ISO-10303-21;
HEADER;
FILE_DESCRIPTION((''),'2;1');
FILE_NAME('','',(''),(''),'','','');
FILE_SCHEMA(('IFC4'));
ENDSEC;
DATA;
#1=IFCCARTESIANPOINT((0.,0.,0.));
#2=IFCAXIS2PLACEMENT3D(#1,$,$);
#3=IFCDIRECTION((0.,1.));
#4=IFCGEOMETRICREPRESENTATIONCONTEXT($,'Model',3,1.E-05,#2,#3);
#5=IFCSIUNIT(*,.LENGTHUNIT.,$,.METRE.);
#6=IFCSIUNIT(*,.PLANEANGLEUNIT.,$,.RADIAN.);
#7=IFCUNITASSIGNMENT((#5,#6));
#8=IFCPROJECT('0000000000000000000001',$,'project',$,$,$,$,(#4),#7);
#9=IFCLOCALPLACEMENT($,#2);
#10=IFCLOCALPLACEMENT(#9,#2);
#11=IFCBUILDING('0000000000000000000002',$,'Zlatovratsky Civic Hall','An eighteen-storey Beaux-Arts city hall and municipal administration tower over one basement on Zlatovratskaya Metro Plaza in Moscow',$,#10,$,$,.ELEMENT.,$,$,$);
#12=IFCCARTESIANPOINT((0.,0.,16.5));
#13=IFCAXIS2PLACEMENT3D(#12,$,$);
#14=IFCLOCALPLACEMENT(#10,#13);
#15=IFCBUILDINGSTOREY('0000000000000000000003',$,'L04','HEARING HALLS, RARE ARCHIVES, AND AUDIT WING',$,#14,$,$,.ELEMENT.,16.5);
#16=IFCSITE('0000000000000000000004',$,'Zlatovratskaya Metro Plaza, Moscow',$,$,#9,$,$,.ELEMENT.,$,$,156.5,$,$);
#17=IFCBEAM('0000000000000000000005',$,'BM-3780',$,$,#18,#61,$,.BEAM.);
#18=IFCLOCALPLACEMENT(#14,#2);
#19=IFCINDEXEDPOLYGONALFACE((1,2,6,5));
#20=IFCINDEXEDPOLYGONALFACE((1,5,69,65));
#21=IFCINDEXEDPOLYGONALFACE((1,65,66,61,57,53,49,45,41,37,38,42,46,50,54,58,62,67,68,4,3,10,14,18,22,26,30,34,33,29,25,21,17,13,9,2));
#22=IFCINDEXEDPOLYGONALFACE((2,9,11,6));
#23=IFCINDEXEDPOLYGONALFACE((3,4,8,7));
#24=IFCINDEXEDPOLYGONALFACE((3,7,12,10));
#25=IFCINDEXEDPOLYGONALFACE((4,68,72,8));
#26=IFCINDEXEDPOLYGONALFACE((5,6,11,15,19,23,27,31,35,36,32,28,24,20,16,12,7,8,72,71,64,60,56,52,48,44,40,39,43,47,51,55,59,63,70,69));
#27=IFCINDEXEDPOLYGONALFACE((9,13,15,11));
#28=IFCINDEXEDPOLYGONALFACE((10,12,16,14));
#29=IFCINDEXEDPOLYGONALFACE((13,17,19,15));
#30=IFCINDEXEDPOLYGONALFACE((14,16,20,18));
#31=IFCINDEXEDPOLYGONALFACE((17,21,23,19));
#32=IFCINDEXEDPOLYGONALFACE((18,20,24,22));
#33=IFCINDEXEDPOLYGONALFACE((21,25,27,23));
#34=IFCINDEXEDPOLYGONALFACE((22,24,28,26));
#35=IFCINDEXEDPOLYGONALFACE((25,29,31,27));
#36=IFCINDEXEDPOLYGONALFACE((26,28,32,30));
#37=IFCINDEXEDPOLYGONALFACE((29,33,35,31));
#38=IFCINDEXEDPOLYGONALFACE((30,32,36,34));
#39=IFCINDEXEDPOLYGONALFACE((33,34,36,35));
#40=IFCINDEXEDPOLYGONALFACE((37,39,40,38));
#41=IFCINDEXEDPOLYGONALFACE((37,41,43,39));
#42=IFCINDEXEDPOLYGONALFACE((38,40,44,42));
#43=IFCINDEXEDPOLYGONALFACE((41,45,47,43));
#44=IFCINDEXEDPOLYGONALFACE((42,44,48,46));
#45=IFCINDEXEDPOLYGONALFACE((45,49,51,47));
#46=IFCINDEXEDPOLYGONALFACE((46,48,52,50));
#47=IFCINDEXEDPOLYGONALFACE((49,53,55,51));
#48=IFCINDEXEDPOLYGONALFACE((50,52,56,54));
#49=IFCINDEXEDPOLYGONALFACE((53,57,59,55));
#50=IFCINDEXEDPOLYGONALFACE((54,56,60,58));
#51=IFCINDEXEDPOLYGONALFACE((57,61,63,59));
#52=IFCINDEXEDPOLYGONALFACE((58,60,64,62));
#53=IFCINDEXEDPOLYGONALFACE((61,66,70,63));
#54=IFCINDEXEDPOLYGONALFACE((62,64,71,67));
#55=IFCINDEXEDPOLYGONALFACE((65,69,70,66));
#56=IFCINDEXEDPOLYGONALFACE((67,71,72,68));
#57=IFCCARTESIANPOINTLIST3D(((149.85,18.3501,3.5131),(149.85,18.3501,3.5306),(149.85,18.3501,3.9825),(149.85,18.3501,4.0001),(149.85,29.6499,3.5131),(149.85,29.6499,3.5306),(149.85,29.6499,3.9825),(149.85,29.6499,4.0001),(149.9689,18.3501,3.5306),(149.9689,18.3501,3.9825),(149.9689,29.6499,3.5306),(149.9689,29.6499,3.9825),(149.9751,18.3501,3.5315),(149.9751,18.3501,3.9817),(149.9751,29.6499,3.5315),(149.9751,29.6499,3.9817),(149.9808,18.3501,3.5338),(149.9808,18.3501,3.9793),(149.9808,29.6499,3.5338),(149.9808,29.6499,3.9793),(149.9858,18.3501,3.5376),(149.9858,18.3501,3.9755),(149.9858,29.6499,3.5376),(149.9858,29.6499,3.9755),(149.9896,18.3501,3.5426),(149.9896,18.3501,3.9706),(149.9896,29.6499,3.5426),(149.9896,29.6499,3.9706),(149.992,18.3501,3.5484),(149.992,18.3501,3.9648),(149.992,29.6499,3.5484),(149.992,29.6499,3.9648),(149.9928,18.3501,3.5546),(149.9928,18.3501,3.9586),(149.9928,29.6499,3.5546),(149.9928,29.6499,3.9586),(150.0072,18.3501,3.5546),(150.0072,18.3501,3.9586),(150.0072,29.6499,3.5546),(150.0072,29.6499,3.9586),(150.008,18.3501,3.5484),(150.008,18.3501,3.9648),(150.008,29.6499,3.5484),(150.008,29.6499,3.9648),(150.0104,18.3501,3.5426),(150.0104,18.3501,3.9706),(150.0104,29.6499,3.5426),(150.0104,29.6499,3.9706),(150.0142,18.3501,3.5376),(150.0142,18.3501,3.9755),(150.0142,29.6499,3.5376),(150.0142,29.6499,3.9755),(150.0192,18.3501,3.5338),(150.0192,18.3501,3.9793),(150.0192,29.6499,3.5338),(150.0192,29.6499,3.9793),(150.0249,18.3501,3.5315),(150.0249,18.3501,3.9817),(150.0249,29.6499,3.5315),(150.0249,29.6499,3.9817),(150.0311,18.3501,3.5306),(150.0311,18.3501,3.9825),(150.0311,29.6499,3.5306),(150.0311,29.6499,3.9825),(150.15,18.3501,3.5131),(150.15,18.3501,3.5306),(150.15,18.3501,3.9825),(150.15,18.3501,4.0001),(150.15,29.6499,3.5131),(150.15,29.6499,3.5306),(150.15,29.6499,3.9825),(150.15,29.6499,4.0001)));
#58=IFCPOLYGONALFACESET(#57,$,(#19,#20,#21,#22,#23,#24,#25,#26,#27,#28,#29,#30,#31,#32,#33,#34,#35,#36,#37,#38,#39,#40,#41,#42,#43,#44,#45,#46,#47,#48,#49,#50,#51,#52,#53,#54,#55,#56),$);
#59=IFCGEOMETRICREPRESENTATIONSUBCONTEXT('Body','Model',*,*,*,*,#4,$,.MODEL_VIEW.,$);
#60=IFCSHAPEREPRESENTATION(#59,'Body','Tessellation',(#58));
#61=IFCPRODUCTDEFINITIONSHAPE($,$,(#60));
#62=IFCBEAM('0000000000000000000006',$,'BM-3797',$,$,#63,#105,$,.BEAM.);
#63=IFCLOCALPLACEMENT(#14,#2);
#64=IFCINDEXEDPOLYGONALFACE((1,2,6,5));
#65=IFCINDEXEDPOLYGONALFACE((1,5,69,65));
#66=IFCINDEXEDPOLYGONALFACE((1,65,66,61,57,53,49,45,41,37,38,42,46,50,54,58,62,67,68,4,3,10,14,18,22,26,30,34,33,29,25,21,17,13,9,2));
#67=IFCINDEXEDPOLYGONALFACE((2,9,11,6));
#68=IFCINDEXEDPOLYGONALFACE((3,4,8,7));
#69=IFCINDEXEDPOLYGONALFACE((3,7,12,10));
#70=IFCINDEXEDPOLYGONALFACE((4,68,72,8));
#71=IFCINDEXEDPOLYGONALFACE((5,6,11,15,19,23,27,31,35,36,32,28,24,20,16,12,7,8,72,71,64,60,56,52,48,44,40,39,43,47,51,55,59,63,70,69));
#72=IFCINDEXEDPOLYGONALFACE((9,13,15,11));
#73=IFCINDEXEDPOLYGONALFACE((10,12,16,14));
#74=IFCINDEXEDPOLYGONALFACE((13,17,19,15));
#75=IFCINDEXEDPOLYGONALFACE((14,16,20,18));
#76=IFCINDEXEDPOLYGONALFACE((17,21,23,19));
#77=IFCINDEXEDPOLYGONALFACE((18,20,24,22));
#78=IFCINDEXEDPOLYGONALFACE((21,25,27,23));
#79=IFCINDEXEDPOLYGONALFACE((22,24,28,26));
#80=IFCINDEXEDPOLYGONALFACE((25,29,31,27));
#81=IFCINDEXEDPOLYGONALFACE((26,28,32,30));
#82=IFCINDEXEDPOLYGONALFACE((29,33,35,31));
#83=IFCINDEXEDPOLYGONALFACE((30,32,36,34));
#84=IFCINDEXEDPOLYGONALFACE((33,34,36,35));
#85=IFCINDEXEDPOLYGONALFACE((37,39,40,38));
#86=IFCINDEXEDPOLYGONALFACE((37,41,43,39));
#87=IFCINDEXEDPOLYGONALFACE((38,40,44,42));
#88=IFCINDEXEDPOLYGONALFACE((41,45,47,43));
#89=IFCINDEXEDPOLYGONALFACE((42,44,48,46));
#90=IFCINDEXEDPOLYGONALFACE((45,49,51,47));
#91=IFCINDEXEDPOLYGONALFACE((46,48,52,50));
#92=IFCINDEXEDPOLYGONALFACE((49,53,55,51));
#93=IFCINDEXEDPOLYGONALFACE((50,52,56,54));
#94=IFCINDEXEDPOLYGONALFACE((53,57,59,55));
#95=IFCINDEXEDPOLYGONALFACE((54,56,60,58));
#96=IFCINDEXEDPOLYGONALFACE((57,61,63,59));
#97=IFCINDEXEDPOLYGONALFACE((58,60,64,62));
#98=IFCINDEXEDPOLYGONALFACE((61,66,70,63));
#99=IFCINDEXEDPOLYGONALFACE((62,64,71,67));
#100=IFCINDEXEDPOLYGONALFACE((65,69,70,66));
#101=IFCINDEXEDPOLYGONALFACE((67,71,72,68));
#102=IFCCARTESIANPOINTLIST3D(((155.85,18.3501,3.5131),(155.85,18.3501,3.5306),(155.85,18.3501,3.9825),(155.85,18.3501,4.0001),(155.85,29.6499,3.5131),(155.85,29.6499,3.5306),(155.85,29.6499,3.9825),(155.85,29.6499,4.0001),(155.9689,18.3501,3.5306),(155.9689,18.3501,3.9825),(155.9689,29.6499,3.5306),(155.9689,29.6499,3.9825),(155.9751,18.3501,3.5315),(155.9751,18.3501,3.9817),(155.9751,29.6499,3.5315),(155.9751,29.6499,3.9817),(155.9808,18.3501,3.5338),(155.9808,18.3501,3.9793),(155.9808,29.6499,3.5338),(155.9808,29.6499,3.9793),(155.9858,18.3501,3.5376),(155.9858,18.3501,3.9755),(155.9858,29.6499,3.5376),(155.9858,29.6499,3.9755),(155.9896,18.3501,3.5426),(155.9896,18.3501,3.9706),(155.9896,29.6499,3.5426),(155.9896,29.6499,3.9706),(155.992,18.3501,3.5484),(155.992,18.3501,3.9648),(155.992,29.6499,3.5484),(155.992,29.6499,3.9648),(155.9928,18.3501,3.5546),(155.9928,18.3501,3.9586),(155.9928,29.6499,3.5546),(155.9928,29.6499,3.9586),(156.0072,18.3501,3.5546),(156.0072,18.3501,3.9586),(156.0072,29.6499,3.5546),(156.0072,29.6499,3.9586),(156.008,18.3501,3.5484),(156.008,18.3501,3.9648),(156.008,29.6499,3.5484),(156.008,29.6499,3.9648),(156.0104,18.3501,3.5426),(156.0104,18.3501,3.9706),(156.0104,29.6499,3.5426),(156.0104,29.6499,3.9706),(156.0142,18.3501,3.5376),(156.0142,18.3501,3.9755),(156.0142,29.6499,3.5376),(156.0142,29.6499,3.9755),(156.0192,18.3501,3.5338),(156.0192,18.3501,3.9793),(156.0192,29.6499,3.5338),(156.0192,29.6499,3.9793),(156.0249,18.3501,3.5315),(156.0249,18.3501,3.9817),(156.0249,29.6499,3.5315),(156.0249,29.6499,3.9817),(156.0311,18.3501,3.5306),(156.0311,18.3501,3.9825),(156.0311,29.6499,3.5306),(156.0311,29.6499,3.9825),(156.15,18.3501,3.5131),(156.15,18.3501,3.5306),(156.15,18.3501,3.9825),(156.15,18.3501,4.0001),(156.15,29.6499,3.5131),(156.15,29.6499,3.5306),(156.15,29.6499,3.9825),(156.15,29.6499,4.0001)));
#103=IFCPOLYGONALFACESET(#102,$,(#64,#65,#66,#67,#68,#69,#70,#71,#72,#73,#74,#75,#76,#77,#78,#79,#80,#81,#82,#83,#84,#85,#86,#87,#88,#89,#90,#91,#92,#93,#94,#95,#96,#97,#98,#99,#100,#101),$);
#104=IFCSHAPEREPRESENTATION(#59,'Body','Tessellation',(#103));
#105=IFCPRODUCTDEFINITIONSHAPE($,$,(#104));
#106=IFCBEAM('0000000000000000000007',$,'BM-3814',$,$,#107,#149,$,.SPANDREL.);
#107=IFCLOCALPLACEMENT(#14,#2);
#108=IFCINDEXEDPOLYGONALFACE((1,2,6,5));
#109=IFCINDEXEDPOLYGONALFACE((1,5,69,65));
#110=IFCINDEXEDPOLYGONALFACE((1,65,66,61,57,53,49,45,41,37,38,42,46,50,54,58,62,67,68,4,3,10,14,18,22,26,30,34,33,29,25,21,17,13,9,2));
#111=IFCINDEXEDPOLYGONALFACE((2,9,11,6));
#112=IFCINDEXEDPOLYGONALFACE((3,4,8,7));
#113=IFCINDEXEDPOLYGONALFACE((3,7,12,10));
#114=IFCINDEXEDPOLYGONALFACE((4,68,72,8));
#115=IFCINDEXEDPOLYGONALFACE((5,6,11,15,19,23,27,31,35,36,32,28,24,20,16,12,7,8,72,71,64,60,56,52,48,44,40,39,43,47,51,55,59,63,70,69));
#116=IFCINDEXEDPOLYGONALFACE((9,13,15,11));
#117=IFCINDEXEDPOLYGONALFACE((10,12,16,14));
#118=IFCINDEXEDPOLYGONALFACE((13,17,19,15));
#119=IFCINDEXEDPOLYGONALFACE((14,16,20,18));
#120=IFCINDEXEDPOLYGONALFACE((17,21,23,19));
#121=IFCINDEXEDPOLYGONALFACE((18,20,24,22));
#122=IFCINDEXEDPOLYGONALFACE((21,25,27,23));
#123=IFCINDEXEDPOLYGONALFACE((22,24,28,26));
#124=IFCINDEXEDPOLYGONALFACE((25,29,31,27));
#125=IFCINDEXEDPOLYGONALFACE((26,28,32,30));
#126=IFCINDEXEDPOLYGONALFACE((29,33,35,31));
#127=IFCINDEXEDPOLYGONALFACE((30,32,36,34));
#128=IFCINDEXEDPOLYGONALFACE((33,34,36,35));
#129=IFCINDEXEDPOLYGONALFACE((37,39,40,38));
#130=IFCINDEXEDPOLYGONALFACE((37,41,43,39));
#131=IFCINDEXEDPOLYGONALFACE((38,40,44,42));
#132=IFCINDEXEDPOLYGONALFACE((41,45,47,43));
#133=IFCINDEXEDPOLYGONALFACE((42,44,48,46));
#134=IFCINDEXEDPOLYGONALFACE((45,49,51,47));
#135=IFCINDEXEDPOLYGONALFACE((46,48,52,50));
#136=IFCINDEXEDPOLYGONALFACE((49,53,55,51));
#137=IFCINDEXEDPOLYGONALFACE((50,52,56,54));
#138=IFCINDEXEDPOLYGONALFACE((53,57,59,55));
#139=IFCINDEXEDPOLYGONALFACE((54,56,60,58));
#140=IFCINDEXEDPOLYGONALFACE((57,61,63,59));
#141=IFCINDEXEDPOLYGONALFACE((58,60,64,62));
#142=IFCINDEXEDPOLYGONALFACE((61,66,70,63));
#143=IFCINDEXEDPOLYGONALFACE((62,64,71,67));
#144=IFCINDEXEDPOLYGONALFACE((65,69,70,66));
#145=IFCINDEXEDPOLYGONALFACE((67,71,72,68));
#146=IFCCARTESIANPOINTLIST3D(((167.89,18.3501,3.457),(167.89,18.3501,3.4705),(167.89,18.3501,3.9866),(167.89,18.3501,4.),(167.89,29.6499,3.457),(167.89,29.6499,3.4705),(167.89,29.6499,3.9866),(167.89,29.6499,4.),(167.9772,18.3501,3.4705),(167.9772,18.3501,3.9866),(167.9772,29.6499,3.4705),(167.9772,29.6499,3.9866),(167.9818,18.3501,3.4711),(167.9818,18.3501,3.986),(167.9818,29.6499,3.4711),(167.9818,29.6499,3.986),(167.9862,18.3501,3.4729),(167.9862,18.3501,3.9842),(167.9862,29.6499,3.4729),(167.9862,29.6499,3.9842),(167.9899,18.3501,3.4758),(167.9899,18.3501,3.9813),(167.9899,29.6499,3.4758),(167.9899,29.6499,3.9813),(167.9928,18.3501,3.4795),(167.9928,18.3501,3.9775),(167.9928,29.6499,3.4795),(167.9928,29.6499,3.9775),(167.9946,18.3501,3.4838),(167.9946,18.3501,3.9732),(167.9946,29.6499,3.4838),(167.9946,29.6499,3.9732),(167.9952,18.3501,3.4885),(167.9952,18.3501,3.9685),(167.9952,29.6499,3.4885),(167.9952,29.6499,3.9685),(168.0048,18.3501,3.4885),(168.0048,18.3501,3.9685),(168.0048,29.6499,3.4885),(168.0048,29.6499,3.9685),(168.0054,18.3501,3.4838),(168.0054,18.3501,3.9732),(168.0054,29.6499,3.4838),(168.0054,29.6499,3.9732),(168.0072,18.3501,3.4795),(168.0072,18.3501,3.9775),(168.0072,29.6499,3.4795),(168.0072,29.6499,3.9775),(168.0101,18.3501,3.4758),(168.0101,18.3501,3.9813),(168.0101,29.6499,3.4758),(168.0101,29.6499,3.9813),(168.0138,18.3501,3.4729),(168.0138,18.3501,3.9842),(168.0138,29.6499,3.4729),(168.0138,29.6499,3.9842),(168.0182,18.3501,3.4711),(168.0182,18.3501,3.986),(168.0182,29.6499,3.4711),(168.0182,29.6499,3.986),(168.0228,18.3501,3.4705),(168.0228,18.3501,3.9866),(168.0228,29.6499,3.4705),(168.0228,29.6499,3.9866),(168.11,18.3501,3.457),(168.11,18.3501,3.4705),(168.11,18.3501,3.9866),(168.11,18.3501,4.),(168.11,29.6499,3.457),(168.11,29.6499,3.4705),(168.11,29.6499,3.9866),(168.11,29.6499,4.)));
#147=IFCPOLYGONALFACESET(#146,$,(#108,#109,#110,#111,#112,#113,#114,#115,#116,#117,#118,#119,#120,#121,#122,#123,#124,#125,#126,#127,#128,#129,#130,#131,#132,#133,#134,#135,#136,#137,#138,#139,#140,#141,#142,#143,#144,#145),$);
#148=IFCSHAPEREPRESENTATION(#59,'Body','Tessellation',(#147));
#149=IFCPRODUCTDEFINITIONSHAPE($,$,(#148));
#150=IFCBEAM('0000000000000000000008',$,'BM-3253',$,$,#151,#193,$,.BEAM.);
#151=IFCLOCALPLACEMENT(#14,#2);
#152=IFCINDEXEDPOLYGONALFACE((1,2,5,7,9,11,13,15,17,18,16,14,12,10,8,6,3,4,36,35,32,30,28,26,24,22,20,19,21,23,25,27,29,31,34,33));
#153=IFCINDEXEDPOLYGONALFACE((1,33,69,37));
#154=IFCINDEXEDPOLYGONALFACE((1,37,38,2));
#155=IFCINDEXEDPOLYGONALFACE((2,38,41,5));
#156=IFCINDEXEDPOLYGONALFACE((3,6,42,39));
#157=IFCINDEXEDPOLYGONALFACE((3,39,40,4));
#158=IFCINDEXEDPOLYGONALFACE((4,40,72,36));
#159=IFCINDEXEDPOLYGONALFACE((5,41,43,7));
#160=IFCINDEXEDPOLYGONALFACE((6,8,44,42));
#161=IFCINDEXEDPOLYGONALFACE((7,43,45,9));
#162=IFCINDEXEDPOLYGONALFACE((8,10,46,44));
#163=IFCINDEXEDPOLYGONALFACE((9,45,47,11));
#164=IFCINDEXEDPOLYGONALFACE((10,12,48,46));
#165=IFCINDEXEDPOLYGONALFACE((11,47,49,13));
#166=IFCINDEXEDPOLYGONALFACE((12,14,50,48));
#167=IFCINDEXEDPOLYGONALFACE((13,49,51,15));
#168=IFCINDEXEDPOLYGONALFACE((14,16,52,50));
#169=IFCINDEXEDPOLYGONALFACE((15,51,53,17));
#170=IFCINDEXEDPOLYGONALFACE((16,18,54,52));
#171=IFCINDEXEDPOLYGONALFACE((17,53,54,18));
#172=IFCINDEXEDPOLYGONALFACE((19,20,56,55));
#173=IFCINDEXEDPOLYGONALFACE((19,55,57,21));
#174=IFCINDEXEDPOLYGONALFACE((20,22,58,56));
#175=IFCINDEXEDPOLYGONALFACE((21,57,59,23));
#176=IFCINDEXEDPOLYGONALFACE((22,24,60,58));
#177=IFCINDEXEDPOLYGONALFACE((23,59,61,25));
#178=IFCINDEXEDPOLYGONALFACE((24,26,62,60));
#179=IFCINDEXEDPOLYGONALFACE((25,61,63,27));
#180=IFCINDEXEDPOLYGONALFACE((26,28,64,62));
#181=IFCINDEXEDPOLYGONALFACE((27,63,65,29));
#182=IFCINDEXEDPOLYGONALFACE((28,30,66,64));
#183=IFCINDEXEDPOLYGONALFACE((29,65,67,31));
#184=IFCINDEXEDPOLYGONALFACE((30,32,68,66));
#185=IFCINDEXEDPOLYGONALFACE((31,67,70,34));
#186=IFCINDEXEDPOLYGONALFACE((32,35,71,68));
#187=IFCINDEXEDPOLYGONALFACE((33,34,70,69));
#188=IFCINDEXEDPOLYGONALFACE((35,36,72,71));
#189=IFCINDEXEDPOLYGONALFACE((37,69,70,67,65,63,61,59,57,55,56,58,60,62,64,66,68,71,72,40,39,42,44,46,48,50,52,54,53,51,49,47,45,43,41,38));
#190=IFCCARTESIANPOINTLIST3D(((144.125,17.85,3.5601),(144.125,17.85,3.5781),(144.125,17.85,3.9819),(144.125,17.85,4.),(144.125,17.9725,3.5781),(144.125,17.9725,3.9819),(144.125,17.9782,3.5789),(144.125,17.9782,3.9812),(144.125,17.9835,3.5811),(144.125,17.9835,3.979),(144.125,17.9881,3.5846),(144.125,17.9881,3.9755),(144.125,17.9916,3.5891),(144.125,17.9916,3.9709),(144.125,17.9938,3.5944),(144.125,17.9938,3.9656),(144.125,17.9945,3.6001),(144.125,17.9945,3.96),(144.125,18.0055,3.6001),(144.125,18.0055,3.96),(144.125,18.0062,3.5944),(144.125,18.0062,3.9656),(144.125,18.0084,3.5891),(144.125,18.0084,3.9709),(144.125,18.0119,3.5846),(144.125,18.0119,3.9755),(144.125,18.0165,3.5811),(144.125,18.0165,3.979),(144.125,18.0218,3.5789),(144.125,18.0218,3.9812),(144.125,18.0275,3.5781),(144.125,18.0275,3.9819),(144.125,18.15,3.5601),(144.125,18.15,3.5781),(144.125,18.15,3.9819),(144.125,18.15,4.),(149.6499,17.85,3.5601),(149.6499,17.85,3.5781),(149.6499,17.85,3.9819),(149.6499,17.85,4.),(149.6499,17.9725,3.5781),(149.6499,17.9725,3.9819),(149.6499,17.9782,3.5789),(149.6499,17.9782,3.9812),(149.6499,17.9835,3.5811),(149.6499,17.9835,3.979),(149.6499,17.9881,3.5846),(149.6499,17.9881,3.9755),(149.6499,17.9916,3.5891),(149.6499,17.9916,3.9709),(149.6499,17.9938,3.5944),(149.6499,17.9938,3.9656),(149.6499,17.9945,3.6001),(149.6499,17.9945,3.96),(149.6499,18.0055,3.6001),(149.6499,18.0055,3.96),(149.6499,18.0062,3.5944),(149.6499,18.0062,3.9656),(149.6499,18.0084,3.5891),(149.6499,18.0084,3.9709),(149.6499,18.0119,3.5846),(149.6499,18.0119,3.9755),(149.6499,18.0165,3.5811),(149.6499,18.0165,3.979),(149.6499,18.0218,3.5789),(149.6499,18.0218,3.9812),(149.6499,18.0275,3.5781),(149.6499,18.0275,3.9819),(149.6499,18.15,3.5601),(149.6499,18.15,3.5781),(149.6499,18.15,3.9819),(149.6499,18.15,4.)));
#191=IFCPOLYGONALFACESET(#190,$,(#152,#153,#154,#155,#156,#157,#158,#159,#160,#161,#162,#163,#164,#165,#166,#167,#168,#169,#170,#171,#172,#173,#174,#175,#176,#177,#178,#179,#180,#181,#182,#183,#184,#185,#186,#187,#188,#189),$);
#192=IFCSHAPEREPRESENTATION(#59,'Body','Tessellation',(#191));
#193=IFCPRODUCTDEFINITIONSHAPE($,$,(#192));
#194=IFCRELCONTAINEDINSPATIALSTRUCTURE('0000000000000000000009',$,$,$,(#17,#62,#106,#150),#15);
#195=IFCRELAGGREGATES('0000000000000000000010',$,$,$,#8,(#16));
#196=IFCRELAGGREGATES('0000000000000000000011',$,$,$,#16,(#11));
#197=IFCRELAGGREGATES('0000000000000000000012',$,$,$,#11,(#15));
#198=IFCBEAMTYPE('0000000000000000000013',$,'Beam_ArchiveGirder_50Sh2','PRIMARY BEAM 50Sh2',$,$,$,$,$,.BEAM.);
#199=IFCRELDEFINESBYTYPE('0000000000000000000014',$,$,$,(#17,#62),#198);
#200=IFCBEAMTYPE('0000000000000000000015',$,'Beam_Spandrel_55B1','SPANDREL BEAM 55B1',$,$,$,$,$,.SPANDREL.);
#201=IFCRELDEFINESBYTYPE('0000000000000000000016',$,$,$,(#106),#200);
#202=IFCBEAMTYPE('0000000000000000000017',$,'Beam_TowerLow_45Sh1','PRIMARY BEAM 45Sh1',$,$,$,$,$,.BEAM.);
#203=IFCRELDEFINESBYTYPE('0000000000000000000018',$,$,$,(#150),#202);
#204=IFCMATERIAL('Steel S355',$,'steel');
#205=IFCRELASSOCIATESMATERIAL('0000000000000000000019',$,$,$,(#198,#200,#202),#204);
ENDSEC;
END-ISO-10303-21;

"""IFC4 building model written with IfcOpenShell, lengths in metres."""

from ifc_helpers import new_model, si_unit, direction, frame, origin, origin_2d, place, context, subcontext, project, spatial, i_section, extrude, material, material_profile, profile_set, type_object, element, save


model = new_model("IFC4")

# Units and contexts
model_context = context("Model", 3, precision=1e-05, world=origin(), true_north=direction((0.0, 1.0)))
body_context = subcontext(model_context, "Body", "Model", "MODEL_VIEW")
ifc_project = project(units=[si_unit("LENGTHUNIT", "METRE"), si_unit("PLANEANGLEUNIT", "RADIAN")], contexts=[model_context])

# Site, building, storey
site_placement = place(None, origin())
site = spatial("IfcSite", under=ifc_project, at=site_placement, Name="Zlatovratskaya Metro Plaza, Moscow", CompositionType="ELEMENT", RefElevation=156.5)
building_placement = place(site_placement, origin())
building = spatial("IfcBuilding", under=site, at=building_placement, Name="Zlatovratsky Civic Hall", Description="An eighteen-storey Beaux-Arts city hall and municipal administration tower over one basement on Zlatovratskaya Metro Plaza in Moscow", CompositionType="ELEMENT")
storey_placement = place(building_placement, frame((0.0, 0.0, 16.5)))
storey = spatial("IfcBuildingStorey", under=building, at=storey_placement, Name="L04", Description="HEARING HALLS, RARE ARCHIVES, AND AUDIT WING", CompositionType="ELEMENT", Elevation=16.5)

# Shared definitions
ifc_material_1 = material(Name="Steel S355", Category="steel")

# Beams
ifc_material_profile_1 = material_profile(ifc_material_1, i_section(OverallWidth=0.3, OverallDepth=0.4871, WebThickness=0.0144, FlangeThickness=0.0176, FilletRadius=0.0239, at=origin_2d()), Name="50Sh2")
ifc_profile_set_1 = profile_set([ifc_material_profile_1], Name="Steel S355")
beam_type_1 = type_object("IfcBeamType", Name="Beam_ArchiveGirder_50Sh2", Description="PRIMARY BEAM 50Sh2", PredefinedType="BEAM", material=ifc_profile_set_1)
for number, where, z_axis, x_axis, name in (
    (1, (150.0, 18.3501, 3.7566), (0.0, 1.0, 0.0), (-1.0, 0.0, 0.0), "BM-3780"),
    (2, (156.0, 18.3501, 3.7566), (0.0, 1.0, 0.0), (-1.0, 0.0, 0.0), "BM-3797"),
):
    element("IfcBeam", number, at=place(storey_placement, frame(where, z_axis=z_axis, x_axis=x_axis)), inside=storey, type_object=beam_type_1, Name=name, PredefinedType="BEAM", context=body_context, shape_type="SweptSolid", body=[
        extrude(i_section(OverallWidth=0.3, OverallDepth=0.4871, WebThickness=0.0144, FlangeThickness=0.0176, FilletRadius=0.0239, at=origin_2d()), origin(), (0.0, 0.0, 1.0), 11.2998),
    ])
ifc_material_profile_2 = material_profile(ifc_material_1, i_section(OverallWidth=0.22, OverallDepth=0.543, WebThickness=0.0095, FlangeThickness=0.0134, FilletRadius=0.0181, at=origin_2d()), Name="55B1")
ifc_profile_set_2 = profile_set([ifc_material_profile_2], Name="Steel S355")
beam_type_2 = type_object("IfcBeamType", Name="Beam_Spandrel_55B1", Description="SPANDREL BEAM 55B1", PredefinedType="SPANDREL", material=ifc_profile_set_2)
beam_1_placement = place(storey_placement, frame((168.0, 18.3501, 3.7285), z_axis=(0.0, 1.0, 0.0), x_axis=(-1.0, 0.0, 0.0)))
element("IfcBeam", 3, at=beam_1_placement, inside=storey, type_object=beam_type_2, Name="BM-3814", PredefinedType="SPANDREL", context=body_context, shape_type="SweptSolid", body=[
    extrude(i_section(OverallWidth=0.22, OverallDepth=0.543, WebThickness=0.0095, FlangeThickness=0.0134, FilletRadius=0.0181, at=origin_2d()), origin(), (0.0, 0.0, 1.0), 11.2998),
])
ifc_material_profile_3 = material_profile(ifc_material_1, i_section(OverallWidth=0.3, OverallDepth=0.4399, WebThickness=0.011, FlangeThickness=0.0181, FilletRadius=0.022, at=origin_2d()), Name="45Sh1")
ifc_profile_set_3 = profile_set([ifc_material_profile_3], Name="Steel S355")
beam_type_3 = type_object("IfcBeamType", Name="Beam_TowerLow_45Sh1", Description="PRIMARY BEAM 45Sh1", PredefinedType="BEAM", material=ifc_profile_set_3)
beam_2_placement = place(storey_placement, frame((144.125, 18.0, 3.78), z_axis=(1.0, 0.0, 0.0), x_axis=(0.0, 1.0, 0.0)))
element("IfcBeam", 4, at=beam_2_placement, inside=storey, type_object=beam_type_3, Name="BM-3253", PredefinedType="BEAM", context=body_context, shape_type="SweptSolid", body=[
    extrude(i_section(OverallWidth=0.3, OverallDepth=0.4399, WebThickness=0.011, FlangeThickness=0.0181, FilletRadius=0.022, at=origin_2d()), origin(), (0.0, 0.0, 1.0), 5.5249),
])

save(model, "model.ifc")
